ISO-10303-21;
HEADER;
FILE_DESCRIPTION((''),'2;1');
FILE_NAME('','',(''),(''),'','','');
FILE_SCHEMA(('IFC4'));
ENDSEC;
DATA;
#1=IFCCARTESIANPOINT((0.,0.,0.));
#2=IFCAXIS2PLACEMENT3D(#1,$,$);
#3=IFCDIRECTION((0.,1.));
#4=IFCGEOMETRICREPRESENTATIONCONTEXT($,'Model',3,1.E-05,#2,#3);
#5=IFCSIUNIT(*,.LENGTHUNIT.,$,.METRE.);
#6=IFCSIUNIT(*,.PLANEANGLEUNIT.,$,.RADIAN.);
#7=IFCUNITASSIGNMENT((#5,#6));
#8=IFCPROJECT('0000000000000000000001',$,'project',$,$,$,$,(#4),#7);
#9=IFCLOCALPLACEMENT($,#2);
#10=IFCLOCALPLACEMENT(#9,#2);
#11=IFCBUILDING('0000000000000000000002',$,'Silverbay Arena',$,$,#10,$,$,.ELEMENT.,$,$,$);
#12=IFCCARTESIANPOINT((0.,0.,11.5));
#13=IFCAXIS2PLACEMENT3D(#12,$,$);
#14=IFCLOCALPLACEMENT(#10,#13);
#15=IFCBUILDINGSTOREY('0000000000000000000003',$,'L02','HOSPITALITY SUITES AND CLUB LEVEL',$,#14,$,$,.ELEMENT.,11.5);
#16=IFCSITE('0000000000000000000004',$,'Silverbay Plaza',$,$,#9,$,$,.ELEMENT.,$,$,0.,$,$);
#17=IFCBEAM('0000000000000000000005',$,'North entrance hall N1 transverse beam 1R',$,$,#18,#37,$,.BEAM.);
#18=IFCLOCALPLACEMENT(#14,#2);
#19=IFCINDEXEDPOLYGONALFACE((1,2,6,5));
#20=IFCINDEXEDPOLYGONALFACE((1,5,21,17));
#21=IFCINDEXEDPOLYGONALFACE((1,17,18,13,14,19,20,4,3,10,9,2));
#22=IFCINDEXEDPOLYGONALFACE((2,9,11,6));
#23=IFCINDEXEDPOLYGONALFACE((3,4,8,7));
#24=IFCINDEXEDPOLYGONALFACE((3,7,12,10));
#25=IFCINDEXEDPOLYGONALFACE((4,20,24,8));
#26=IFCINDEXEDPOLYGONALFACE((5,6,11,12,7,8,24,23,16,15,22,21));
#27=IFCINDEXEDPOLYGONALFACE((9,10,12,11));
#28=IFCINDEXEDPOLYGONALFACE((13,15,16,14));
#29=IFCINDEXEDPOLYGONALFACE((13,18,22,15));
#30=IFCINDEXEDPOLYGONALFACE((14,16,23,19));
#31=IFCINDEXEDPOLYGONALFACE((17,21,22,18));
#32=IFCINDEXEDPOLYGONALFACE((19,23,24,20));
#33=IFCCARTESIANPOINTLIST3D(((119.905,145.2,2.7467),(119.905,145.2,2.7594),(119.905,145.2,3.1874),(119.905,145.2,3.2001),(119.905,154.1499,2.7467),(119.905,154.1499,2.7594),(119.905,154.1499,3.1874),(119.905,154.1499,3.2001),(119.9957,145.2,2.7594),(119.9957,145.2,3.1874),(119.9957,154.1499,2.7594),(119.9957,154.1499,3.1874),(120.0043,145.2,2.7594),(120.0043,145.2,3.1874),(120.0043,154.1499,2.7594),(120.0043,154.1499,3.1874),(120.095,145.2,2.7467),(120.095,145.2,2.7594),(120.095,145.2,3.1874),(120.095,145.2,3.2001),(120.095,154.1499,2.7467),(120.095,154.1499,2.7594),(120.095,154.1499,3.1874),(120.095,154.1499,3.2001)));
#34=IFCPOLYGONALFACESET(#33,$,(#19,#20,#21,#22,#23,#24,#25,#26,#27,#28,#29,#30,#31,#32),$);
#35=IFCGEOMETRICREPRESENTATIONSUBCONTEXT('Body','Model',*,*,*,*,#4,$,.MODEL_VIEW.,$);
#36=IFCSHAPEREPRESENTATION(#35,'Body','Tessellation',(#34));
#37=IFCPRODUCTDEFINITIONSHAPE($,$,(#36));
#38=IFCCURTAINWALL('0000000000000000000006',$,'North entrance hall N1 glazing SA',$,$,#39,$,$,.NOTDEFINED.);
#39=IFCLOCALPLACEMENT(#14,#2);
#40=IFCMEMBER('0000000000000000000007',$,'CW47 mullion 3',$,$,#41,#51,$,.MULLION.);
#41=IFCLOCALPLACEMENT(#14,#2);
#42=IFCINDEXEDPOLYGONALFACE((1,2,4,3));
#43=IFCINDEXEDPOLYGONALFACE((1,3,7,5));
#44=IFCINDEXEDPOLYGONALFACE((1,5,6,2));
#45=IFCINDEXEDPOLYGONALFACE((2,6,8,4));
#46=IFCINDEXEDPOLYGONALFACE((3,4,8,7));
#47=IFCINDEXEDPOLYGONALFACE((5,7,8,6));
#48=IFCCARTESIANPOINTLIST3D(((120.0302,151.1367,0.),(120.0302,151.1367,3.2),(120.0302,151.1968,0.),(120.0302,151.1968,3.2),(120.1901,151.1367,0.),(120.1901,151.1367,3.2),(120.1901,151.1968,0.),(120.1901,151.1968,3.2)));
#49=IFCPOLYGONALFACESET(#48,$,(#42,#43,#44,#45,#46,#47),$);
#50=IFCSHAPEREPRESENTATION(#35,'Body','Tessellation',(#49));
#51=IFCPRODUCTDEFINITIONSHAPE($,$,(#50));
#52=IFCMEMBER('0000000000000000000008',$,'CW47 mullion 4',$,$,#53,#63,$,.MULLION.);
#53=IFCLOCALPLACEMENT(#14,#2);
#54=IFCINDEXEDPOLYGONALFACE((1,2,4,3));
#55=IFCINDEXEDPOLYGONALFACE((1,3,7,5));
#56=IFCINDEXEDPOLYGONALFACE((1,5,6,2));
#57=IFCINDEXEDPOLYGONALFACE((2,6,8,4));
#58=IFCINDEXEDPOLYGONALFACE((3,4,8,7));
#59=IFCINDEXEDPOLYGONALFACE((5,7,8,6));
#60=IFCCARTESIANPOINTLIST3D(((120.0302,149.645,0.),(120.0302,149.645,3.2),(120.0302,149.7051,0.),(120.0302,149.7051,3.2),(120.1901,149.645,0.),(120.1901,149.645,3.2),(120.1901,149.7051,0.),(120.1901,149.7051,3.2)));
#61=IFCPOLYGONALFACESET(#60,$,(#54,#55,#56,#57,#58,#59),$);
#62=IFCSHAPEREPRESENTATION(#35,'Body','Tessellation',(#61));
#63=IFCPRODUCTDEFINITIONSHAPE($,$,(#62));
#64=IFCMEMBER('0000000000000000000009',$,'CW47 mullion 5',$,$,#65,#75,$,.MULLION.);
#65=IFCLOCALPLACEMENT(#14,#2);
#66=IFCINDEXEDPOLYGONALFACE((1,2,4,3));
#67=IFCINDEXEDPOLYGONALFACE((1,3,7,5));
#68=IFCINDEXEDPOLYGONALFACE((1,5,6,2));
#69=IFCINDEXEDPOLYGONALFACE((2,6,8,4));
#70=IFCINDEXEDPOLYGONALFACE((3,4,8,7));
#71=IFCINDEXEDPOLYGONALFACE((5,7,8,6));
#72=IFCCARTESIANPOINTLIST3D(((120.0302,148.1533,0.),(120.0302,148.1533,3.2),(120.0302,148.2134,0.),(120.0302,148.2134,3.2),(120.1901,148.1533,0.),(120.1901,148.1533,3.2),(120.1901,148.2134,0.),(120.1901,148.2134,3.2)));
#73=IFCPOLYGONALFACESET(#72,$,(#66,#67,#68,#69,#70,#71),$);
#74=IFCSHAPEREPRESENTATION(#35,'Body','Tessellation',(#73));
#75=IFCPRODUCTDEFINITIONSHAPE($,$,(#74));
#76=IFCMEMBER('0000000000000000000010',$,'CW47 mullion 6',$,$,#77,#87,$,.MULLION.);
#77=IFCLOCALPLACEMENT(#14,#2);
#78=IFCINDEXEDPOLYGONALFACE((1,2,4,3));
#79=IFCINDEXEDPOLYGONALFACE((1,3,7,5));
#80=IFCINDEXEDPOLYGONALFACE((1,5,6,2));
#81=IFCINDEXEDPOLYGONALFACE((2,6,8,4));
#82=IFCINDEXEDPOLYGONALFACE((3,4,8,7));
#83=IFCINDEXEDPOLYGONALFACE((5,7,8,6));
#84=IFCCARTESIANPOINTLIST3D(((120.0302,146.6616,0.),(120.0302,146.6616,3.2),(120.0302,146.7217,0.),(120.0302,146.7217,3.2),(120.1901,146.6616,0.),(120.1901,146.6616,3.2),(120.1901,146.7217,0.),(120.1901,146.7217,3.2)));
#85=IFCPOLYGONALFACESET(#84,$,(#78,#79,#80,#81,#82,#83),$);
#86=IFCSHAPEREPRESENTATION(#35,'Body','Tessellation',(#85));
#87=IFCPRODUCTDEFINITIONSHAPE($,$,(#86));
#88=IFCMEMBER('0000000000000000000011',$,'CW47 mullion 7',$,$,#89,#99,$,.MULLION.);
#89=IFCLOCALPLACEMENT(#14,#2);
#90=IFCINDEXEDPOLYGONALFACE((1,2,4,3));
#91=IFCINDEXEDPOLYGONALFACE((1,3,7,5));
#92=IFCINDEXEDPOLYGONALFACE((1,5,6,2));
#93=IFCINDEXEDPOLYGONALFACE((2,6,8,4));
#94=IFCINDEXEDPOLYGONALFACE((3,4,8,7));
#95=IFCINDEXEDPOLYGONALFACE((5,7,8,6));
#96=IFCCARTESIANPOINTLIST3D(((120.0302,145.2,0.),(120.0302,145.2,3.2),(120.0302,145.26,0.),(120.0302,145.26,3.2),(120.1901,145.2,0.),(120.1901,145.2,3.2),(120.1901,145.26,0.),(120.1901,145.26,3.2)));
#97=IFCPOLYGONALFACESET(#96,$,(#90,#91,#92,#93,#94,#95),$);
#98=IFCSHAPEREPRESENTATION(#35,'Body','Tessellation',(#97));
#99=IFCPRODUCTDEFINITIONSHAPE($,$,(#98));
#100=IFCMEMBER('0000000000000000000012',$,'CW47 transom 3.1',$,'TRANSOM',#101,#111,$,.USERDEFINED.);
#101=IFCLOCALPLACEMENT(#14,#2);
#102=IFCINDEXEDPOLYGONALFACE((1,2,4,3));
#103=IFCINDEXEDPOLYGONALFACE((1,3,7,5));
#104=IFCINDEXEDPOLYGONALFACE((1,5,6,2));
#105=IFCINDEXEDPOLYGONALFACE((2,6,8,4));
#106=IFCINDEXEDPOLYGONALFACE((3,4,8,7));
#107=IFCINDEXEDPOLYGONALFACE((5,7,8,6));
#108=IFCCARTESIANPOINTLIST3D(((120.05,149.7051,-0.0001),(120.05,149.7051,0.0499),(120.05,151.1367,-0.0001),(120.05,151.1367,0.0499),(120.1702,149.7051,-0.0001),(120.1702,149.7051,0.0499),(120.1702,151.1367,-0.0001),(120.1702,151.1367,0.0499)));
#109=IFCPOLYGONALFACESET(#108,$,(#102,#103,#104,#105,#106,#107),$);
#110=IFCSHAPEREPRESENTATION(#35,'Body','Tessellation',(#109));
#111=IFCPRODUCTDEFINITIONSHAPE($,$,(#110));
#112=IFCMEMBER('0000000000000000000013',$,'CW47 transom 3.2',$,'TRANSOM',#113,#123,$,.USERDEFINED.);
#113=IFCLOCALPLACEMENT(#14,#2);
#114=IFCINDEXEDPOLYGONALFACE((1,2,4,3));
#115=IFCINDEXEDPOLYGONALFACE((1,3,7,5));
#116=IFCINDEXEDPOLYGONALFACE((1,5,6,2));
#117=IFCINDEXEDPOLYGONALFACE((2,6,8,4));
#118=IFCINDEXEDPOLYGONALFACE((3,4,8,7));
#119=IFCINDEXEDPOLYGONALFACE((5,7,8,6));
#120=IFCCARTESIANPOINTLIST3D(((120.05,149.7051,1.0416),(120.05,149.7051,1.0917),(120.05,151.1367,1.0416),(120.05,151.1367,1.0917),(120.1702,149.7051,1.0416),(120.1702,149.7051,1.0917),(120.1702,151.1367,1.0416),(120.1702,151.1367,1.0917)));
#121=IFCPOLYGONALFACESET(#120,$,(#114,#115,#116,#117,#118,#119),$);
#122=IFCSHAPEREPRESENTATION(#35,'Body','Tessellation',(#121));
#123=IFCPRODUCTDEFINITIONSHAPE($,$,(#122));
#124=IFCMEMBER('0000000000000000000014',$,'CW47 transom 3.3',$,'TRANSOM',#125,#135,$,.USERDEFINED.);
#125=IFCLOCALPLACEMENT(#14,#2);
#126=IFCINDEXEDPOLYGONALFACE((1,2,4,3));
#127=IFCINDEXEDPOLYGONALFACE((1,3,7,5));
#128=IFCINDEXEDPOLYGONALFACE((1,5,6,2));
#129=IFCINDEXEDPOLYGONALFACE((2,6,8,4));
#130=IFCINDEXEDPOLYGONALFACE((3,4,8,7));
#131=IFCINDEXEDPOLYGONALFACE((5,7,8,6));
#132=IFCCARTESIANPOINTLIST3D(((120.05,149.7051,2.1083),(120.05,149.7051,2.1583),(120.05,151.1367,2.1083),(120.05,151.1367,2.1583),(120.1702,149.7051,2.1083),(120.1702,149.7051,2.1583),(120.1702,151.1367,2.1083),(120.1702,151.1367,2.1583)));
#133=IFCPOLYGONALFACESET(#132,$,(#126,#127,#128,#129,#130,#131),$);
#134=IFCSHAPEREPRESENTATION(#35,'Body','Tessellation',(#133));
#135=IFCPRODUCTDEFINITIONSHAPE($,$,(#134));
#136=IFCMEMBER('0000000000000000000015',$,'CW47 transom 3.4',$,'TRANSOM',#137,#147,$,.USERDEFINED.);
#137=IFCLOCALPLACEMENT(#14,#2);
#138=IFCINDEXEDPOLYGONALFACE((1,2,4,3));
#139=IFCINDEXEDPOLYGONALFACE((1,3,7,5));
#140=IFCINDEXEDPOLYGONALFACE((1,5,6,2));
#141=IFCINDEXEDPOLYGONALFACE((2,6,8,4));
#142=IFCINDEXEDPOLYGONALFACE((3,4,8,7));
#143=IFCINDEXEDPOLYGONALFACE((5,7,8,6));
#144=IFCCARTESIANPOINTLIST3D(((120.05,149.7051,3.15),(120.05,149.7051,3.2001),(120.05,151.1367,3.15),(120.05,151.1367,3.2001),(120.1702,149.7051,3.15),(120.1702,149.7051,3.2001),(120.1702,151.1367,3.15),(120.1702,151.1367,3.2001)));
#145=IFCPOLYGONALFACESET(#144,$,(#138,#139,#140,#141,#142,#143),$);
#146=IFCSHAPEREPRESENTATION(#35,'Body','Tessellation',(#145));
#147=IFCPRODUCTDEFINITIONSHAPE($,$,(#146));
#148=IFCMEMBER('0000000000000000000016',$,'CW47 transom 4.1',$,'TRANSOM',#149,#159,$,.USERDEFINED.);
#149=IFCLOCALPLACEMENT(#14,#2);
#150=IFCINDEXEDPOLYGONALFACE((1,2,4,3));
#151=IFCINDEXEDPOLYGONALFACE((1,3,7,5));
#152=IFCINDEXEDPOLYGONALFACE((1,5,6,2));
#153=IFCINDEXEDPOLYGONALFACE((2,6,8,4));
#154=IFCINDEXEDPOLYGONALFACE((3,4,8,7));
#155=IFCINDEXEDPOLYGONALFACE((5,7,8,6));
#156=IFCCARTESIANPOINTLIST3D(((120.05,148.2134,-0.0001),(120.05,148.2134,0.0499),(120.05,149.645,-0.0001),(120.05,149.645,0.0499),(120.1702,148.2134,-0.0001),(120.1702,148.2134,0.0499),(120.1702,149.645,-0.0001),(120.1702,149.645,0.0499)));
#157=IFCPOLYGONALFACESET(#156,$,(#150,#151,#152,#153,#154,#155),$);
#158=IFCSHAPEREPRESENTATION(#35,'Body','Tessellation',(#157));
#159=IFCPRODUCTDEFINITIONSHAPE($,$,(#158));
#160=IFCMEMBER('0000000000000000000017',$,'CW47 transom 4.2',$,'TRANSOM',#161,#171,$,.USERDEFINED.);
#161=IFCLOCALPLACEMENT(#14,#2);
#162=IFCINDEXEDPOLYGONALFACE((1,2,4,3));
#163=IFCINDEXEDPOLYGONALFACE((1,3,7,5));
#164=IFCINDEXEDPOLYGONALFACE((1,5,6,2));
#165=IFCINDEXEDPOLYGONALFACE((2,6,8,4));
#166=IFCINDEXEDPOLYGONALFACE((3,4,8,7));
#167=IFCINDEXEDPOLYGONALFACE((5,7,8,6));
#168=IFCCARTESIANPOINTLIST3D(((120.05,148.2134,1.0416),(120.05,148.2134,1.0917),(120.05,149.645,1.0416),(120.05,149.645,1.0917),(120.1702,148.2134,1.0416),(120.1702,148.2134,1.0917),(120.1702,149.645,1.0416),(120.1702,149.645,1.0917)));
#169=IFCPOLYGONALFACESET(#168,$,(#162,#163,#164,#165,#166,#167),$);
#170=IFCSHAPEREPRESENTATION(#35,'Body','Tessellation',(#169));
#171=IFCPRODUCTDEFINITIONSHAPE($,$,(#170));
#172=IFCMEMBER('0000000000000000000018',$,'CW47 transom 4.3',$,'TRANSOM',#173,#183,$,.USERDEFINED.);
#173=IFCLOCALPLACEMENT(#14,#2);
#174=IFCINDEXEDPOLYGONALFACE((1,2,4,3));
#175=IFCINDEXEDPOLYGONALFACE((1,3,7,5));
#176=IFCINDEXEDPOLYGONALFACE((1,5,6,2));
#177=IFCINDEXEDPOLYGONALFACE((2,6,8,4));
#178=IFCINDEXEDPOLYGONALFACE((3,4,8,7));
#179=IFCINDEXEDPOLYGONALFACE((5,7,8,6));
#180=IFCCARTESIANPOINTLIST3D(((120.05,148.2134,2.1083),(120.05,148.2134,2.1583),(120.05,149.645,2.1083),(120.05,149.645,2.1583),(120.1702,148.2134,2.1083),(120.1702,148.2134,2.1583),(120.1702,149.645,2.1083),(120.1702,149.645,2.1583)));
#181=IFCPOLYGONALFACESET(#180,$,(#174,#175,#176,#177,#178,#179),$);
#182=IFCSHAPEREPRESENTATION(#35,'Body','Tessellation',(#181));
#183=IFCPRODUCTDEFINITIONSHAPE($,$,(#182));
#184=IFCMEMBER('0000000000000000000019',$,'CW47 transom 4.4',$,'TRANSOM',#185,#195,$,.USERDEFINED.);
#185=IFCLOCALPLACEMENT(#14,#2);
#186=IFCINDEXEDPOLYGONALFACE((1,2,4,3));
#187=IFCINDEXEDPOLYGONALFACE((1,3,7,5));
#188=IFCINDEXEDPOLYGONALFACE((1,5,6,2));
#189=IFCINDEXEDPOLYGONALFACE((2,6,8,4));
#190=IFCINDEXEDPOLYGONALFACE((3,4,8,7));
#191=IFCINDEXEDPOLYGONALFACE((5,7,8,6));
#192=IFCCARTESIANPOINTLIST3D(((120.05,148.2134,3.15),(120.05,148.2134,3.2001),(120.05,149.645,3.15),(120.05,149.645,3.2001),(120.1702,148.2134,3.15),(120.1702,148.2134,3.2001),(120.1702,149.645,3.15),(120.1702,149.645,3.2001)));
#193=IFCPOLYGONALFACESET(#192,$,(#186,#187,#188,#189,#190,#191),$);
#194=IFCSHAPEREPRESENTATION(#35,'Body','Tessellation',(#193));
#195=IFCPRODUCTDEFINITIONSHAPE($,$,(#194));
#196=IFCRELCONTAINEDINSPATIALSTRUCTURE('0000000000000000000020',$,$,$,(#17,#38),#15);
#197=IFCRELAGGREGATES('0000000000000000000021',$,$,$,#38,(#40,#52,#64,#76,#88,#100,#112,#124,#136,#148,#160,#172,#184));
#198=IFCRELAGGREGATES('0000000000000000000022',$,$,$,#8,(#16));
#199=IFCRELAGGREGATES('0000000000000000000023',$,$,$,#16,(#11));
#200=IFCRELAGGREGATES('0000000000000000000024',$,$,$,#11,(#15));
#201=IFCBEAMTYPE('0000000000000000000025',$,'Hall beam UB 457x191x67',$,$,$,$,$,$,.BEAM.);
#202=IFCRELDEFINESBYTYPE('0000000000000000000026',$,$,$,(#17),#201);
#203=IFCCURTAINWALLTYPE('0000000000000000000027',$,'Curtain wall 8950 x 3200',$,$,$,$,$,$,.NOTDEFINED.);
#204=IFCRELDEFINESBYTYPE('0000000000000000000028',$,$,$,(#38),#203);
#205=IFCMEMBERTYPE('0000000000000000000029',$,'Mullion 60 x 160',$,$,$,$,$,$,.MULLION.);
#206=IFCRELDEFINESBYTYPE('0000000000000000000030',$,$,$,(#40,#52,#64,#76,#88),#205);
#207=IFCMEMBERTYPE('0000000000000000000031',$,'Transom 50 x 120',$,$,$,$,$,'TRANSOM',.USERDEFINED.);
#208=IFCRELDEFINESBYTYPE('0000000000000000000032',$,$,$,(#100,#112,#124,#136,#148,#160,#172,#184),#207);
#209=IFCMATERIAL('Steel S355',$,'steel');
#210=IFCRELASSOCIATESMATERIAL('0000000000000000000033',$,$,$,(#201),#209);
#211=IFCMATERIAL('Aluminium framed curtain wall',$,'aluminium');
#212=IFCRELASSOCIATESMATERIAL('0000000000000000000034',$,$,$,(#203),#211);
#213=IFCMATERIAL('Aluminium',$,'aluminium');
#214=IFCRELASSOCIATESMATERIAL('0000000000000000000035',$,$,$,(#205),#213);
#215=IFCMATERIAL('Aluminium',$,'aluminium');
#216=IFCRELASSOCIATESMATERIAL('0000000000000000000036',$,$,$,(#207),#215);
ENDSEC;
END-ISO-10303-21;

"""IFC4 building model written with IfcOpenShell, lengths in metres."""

from ifc_helpers import new_model, si_unit, direction, frame, origin, origin_2d, place, context, subcontext, project, spatial, rectangle, i_section, extrude, material, material_profile, profile_set, type_object, element, aggregate, save


model = new_model("IFC4")

# Units and contexts
model_context = context("Model", 3, precision=1e-05, world=origin(), true_north=direction((0.0, 1.0)))
body_context = subcontext(model_context, "Body", "Model", "MODEL_VIEW")
ifc_project = project(units=[si_unit("LENGTHUNIT", "METRE"), si_unit("PLANEANGLEUNIT", "RADIAN")], contexts=[model_context])

# Site, building, storey
site_placement = place(None, origin())
site = spatial("IfcSite", under=ifc_project, at=site_placement, Name="Silverbay Plaza", CompositionType="ELEMENT", RefElevation=0.0)
building_placement = place(site_placement, origin())
building = spatial("IfcBuilding", under=site, at=building_placement, Name="Silverbay Arena", CompositionType="ELEMENT")
storey_placement = place(building_placement, frame((0.0, 0.0, 11.5)))
storey = spatial("IfcBuildingStorey", under=building, at=storey_placement, Name="L02", Description="HOSPITALITY SUITES AND CLUB LEVEL", CompositionType="ELEMENT", Elevation=11.5)

# Beam
ifc_material_1 = material(Name="Steel S355", Category="steel")
ifc_material_profile_1 = material_profile(ifc_material_1, i_section(OverallWidth=0.1899, OverallDepth=0.4534, WebThickness=0.0085, FlangeThickness=0.0127, at=origin_2d()), Name="UB 457x191x67")
ifc_profile_set_1 = profile_set([ifc_material_profile_1], Name="Steel S355")
beam_type = type_object("IfcBeamType", Name="Hall beam UB 457x191x67", PredefinedType="BEAM", material=ifc_profile_set_1)
beam_placement = place(storey_placement, frame((120.0, 145.2, 2.9734), z_axis=(0.0, 1.0, 0.0), x_axis=(-1.0, 0.0, 0.0)))
element("IfcBeam", 1, at=beam_placement, inside=storey, type_object=beam_type, Name="North entrance hall N1 transverse beam 1R", PredefinedType="BEAM", context=body_context, shape_type="SweptSolid", body=[
    extrude(i_section(OverallWidth=0.1899, OverallDepth=0.4534, WebThickness=0.0085, FlangeThickness=0.0127, at=origin_2d()), origin(), (0.0, 0.0, 1.0), 8.95),
])

# Curtain wall, members
ifc_material_2 = material(Name="Aluminium framed curtain wall", Category="aluminium")
curtain_wall_type = type_object("IfcCurtainWallType", Name="Curtain wall 8950 x 3200", PredefinedType="NOTDEFINED", material=ifc_material_2)
curtain_wall_placement = place(storey_placement, origin())
curtain_wall = element("IfcCurtainWall", 2, at=curtain_wall_placement, inside=storey, type_object=curtain_wall_type, Name="North entrance hall N1 glazing SA", PredefinedType="NOTDEFINED")
ifc_material_3 = material(Name="Aluminium", Category="aluminium")
ifc_material_profile_2 = material_profile(ifc_material_3, rectangle(XDim=0.1599, YDim=0.0601, at=origin_2d()), Name="Mullion 60 x 160")
ifc_profile_set_2 = profile_set([ifc_material_profile_2], Name="Aluminium")
member_type_1 = type_object("IfcMemberType", Name="Mullion 60 x 160", PredefinedType="MULLION", material=ifc_profile_set_2)
member_1_placement = place(storey_placement, frame((120.1101, 151.1667, 0.0), z_axis=(0.0, 0.0, 1.0), x_axis=(1.0, 0.0, 0.0)))
member_1 = element("IfcMember", 3, at=member_1_placement, type_object=member_type_1, Name="CW47 mullion 3", PredefinedType="MULLION", context=body_context, shape_type="SweptSolid", body=[
    extrude(rectangle(XDim=0.1599, YDim=0.0601, at=origin_2d()), origin(), (0.0, 0.0, 1.0), 3.2),
])
member_2_placement = place(storey_placement, frame((120.1101, 149.675, 0.0), z_axis=(0.0, 0.0, 1.0), x_axis=(1.0, 0.0, 0.0)))
member_2 = element("IfcMember", 4, at=member_2_placement, type_object=member_type_1, Name="CW47 mullion 4", PredefinedType="MULLION", context=body_context, shape_type="SweptSolid", body=[
    extrude(rectangle(XDim=0.1599, YDim=0.0601, at=origin_2d()), origin(), (0.0, 0.0, 1.0), 3.2),
])
member_3_placement = place(storey_placement, frame((120.1101, 148.1833, 0.0), z_axis=(0.0, 0.0, 1.0), x_axis=(1.0, 0.0, 0.0)))
member_3 = element("IfcMember", 5, at=member_3_placement, type_object=member_type_1, Name="CW47 mullion 5", PredefinedType="MULLION", context=body_context, shape_type="SweptSolid", body=[
    extrude(rectangle(XDim=0.1599, YDim=0.0601, at=origin_2d()), origin(), (0.0, 0.0, 1.0), 3.2),
])
member_4_placement = place(storey_placement, frame((120.1101, 146.6917, 0.0), z_axis=(0.0, 0.0, 1.0), x_axis=(1.0, 0.0, 0.0)))
member_4 = element("IfcMember", 6, at=member_4_placement, type_object=member_type_1, Name="CW47 mullion 6", PredefinedType="MULLION", context=body_context, shape_type="SweptSolid", body=[
    extrude(rectangle(XDim=0.1599, YDim=0.0601, at=origin_2d()), origin(), (0.0, 0.0, 1.0), 3.2),
])
member_5_placement = place(storey_placement, frame((120.1101, 145.23, 0.0), z_axis=(0.0, 0.0, 1.0), x_axis=(1.0, 0.0, 0.0)))
member_5 = element("IfcMember", 7, at=member_5_placement, type_object=member_type_1, Name="CW47 mullion 7", PredefinedType="MULLION", context=body_context, shape_type="SweptSolid", body=[
    extrude(rectangle(XDim=0.1599, YDim=0.0601, at=origin_2d()), origin(), (0.0, 0.0, 1.0), 3.2),
])
ifc_material_4 = material(Name="Aluminium", Category="aluminium")
ifc_material_profile_3 = material_profile(ifc_material_4, rectangle(XDim=0.1201, YDim=0.05, at=origin_2d()), Name="Transom 50 x 120")
ifc_profile_set_3 = profile_set([ifc_material_profile_3], Name="Aluminium")
member_type_2 = type_object("IfcMemberType", Name="Transom 50 x 120", ElementType="TRANSOM", PredefinedType="USERDEFINED", material=ifc_profile_set_3)
member_6_placement = place(storey_placement, frame((120.1101, 151.1367, 0.0249), z_axis=(0.0, -1.0, 0.0), x_axis=(1.0, 0.0, 0.0)))
member_6 = element("IfcMember", 8, at=member_6_placement, type_object=member_type_2, Name="CW47 transom 3.1", ObjectType="TRANSOM", PredefinedType="USERDEFINED", context=body_context, shape_type="SweptSolid", body=[
    extrude(rectangle(XDim=0.1201, YDim=0.05, at=origin_2d()), origin(), (0.0, 0.0, 1.0), 1.4316),
])
member_7_placement = place(storey_placement, frame((120.1101, 151.1367, 1.0667), z_axis=(0.0, -1.0, 0.0), x_axis=(1.0, 0.0, 0.0)))
member_7 = element("IfcMember", 9, at=member_7_placement, type_object=member_type_2, Name="CW47 transom 3.2", ObjectType="TRANSOM", PredefinedType="USERDEFINED", context=body_context, shape_type="SweptSolid", body=[
    extrude(rectangle(XDim=0.1201, YDim=0.05, at=origin_2d()), origin(), (0.0, 0.0, 1.0), 1.4316),
])
member_8_placement = place(storey_placement, frame((120.1101, 151.1367, 2.1333), z_axis=(0.0, -1.0, 0.0), x_axis=(1.0, 0.0, 0.0)))
member_8 = element("IfcMember", 10, at=member_8_placement, type_object=member_type_2, Name="CW47 transom 3.3", ObjectType="TRANSOM", PredefinedType="USERDEFINED", context=body_context, shape_type="SweptSolid", body=[
    extrude(rectangle(XDim=0.1201, YDim=0.05, at=origin_2d()), origin(), (0.0, 0.0, 1.0), 1.4316),
])
member_9_placement = place(storey_placement, frame((120.1101, 151.1367, 3.175), z_axis=(0.0, -1.0, 0.0), x_axis=(1.0, 0.0, 0.0)))
member_9 = element("IfcMember", 11, at=member_9_placement, type_object=member_type_2, Name="CW47 transom 3.4", ObjectType="TRANSOM", PredefinedType="USERDEFINED", context=body_context, shape_type="SweptSolid", body=[
    extrude(rectangle(XDim=0.1201, YDim=0.05, at=origin_2d()), origin(), (0.0, 0.0, 1.0), 1.4316),
])
member_10_placement = place(storey_placement, frame((120.1101, 149.645, 0.0249), z_axis=(0.0, -1.0, 0.0), x_axis=(1.0, 0.0, 0.0)))
member_10 = element("IfcMember", 12, at=member_10_placement, type_object=member_type_2, Name="CW47 transom 4.1", ObjectType="TRANSOM", PredefinedType="USERDEFINED", context=body_context, shape_type="SweptSolid", body=[
    extrude(rectangle(XDim=0.1201, YDim=0.05, at=origin_2d()), origin(), (0.0, 0.0, 1.0), 1.4316),
])
member_11_placement = place(storey_placement, frame((120.1101, 149.645, 1.0667), z_axis=(0.0, -1.0, 0.0), x_axis=(1.0, 0.0, 0.0)))
member_11 = element("IfcMember", 13, at=member_11_placement, type_object=member_type_2, Name="CW47 transom 4.2", ObjectType="TRANSOM", PredefinedType="USERDEFINED", context=body_context, shape_type="SweptSolid", body=[
    extrude(rectangle(XDim=0.1201, YDim=0.05, at=origin_2d()), origin(), (0.0, 0.0, 1.0), 1.4316),
])
member_12_placement = place(storey_placement, frame((120.1101, 149.645, 2.1333), z_axis=(0.0, -1.0, 0.0), x_axis=(1.0, 0.0, 0.0)))
member_12 = element("IfcMember", 14, at=member_12_placement, type_object=member_type_2, Name="CW47 transom 4.3", ObjectType="TRANSOM", PredefinedType="USERDEFINED", context=body_context, shape_type="SweptSolid", body=[
    extrude(rectangle(XDim=0.1201, YDim=0.05, at=origin_2d()), origin(), (0.0, 0.0, 1.0), 1.4316),
])
member_13_placement = place(storey_placement, frame((120.1101, 149.645, 3.175), z_axis=(0.0, -1.0, 0.0), x_axis=(1.0, 0.0, 0.0)))
member_13 = element("IfcMember", 15, at=member_13_placement, type_object=member_type_2, Name="CW47 transom 4.4", ObjectType="TRANSOM", PredefinedType="USERDEFINED", context=body_context, shape_type="SweptSolid", body=[
    extrude(rectangle(XDim=0.1201, YDim=0.05, at=origin_2d()), origin(), (0.0, 0.0, 1.0), 1.4316),
])
aggregate(curtain_wall, [member_1, member_2, member_3, member_4, member_5, member_6, member_7, member_8, member_9, member_10, member_11, member_12, member_13])

save(model, "model.ifc")
